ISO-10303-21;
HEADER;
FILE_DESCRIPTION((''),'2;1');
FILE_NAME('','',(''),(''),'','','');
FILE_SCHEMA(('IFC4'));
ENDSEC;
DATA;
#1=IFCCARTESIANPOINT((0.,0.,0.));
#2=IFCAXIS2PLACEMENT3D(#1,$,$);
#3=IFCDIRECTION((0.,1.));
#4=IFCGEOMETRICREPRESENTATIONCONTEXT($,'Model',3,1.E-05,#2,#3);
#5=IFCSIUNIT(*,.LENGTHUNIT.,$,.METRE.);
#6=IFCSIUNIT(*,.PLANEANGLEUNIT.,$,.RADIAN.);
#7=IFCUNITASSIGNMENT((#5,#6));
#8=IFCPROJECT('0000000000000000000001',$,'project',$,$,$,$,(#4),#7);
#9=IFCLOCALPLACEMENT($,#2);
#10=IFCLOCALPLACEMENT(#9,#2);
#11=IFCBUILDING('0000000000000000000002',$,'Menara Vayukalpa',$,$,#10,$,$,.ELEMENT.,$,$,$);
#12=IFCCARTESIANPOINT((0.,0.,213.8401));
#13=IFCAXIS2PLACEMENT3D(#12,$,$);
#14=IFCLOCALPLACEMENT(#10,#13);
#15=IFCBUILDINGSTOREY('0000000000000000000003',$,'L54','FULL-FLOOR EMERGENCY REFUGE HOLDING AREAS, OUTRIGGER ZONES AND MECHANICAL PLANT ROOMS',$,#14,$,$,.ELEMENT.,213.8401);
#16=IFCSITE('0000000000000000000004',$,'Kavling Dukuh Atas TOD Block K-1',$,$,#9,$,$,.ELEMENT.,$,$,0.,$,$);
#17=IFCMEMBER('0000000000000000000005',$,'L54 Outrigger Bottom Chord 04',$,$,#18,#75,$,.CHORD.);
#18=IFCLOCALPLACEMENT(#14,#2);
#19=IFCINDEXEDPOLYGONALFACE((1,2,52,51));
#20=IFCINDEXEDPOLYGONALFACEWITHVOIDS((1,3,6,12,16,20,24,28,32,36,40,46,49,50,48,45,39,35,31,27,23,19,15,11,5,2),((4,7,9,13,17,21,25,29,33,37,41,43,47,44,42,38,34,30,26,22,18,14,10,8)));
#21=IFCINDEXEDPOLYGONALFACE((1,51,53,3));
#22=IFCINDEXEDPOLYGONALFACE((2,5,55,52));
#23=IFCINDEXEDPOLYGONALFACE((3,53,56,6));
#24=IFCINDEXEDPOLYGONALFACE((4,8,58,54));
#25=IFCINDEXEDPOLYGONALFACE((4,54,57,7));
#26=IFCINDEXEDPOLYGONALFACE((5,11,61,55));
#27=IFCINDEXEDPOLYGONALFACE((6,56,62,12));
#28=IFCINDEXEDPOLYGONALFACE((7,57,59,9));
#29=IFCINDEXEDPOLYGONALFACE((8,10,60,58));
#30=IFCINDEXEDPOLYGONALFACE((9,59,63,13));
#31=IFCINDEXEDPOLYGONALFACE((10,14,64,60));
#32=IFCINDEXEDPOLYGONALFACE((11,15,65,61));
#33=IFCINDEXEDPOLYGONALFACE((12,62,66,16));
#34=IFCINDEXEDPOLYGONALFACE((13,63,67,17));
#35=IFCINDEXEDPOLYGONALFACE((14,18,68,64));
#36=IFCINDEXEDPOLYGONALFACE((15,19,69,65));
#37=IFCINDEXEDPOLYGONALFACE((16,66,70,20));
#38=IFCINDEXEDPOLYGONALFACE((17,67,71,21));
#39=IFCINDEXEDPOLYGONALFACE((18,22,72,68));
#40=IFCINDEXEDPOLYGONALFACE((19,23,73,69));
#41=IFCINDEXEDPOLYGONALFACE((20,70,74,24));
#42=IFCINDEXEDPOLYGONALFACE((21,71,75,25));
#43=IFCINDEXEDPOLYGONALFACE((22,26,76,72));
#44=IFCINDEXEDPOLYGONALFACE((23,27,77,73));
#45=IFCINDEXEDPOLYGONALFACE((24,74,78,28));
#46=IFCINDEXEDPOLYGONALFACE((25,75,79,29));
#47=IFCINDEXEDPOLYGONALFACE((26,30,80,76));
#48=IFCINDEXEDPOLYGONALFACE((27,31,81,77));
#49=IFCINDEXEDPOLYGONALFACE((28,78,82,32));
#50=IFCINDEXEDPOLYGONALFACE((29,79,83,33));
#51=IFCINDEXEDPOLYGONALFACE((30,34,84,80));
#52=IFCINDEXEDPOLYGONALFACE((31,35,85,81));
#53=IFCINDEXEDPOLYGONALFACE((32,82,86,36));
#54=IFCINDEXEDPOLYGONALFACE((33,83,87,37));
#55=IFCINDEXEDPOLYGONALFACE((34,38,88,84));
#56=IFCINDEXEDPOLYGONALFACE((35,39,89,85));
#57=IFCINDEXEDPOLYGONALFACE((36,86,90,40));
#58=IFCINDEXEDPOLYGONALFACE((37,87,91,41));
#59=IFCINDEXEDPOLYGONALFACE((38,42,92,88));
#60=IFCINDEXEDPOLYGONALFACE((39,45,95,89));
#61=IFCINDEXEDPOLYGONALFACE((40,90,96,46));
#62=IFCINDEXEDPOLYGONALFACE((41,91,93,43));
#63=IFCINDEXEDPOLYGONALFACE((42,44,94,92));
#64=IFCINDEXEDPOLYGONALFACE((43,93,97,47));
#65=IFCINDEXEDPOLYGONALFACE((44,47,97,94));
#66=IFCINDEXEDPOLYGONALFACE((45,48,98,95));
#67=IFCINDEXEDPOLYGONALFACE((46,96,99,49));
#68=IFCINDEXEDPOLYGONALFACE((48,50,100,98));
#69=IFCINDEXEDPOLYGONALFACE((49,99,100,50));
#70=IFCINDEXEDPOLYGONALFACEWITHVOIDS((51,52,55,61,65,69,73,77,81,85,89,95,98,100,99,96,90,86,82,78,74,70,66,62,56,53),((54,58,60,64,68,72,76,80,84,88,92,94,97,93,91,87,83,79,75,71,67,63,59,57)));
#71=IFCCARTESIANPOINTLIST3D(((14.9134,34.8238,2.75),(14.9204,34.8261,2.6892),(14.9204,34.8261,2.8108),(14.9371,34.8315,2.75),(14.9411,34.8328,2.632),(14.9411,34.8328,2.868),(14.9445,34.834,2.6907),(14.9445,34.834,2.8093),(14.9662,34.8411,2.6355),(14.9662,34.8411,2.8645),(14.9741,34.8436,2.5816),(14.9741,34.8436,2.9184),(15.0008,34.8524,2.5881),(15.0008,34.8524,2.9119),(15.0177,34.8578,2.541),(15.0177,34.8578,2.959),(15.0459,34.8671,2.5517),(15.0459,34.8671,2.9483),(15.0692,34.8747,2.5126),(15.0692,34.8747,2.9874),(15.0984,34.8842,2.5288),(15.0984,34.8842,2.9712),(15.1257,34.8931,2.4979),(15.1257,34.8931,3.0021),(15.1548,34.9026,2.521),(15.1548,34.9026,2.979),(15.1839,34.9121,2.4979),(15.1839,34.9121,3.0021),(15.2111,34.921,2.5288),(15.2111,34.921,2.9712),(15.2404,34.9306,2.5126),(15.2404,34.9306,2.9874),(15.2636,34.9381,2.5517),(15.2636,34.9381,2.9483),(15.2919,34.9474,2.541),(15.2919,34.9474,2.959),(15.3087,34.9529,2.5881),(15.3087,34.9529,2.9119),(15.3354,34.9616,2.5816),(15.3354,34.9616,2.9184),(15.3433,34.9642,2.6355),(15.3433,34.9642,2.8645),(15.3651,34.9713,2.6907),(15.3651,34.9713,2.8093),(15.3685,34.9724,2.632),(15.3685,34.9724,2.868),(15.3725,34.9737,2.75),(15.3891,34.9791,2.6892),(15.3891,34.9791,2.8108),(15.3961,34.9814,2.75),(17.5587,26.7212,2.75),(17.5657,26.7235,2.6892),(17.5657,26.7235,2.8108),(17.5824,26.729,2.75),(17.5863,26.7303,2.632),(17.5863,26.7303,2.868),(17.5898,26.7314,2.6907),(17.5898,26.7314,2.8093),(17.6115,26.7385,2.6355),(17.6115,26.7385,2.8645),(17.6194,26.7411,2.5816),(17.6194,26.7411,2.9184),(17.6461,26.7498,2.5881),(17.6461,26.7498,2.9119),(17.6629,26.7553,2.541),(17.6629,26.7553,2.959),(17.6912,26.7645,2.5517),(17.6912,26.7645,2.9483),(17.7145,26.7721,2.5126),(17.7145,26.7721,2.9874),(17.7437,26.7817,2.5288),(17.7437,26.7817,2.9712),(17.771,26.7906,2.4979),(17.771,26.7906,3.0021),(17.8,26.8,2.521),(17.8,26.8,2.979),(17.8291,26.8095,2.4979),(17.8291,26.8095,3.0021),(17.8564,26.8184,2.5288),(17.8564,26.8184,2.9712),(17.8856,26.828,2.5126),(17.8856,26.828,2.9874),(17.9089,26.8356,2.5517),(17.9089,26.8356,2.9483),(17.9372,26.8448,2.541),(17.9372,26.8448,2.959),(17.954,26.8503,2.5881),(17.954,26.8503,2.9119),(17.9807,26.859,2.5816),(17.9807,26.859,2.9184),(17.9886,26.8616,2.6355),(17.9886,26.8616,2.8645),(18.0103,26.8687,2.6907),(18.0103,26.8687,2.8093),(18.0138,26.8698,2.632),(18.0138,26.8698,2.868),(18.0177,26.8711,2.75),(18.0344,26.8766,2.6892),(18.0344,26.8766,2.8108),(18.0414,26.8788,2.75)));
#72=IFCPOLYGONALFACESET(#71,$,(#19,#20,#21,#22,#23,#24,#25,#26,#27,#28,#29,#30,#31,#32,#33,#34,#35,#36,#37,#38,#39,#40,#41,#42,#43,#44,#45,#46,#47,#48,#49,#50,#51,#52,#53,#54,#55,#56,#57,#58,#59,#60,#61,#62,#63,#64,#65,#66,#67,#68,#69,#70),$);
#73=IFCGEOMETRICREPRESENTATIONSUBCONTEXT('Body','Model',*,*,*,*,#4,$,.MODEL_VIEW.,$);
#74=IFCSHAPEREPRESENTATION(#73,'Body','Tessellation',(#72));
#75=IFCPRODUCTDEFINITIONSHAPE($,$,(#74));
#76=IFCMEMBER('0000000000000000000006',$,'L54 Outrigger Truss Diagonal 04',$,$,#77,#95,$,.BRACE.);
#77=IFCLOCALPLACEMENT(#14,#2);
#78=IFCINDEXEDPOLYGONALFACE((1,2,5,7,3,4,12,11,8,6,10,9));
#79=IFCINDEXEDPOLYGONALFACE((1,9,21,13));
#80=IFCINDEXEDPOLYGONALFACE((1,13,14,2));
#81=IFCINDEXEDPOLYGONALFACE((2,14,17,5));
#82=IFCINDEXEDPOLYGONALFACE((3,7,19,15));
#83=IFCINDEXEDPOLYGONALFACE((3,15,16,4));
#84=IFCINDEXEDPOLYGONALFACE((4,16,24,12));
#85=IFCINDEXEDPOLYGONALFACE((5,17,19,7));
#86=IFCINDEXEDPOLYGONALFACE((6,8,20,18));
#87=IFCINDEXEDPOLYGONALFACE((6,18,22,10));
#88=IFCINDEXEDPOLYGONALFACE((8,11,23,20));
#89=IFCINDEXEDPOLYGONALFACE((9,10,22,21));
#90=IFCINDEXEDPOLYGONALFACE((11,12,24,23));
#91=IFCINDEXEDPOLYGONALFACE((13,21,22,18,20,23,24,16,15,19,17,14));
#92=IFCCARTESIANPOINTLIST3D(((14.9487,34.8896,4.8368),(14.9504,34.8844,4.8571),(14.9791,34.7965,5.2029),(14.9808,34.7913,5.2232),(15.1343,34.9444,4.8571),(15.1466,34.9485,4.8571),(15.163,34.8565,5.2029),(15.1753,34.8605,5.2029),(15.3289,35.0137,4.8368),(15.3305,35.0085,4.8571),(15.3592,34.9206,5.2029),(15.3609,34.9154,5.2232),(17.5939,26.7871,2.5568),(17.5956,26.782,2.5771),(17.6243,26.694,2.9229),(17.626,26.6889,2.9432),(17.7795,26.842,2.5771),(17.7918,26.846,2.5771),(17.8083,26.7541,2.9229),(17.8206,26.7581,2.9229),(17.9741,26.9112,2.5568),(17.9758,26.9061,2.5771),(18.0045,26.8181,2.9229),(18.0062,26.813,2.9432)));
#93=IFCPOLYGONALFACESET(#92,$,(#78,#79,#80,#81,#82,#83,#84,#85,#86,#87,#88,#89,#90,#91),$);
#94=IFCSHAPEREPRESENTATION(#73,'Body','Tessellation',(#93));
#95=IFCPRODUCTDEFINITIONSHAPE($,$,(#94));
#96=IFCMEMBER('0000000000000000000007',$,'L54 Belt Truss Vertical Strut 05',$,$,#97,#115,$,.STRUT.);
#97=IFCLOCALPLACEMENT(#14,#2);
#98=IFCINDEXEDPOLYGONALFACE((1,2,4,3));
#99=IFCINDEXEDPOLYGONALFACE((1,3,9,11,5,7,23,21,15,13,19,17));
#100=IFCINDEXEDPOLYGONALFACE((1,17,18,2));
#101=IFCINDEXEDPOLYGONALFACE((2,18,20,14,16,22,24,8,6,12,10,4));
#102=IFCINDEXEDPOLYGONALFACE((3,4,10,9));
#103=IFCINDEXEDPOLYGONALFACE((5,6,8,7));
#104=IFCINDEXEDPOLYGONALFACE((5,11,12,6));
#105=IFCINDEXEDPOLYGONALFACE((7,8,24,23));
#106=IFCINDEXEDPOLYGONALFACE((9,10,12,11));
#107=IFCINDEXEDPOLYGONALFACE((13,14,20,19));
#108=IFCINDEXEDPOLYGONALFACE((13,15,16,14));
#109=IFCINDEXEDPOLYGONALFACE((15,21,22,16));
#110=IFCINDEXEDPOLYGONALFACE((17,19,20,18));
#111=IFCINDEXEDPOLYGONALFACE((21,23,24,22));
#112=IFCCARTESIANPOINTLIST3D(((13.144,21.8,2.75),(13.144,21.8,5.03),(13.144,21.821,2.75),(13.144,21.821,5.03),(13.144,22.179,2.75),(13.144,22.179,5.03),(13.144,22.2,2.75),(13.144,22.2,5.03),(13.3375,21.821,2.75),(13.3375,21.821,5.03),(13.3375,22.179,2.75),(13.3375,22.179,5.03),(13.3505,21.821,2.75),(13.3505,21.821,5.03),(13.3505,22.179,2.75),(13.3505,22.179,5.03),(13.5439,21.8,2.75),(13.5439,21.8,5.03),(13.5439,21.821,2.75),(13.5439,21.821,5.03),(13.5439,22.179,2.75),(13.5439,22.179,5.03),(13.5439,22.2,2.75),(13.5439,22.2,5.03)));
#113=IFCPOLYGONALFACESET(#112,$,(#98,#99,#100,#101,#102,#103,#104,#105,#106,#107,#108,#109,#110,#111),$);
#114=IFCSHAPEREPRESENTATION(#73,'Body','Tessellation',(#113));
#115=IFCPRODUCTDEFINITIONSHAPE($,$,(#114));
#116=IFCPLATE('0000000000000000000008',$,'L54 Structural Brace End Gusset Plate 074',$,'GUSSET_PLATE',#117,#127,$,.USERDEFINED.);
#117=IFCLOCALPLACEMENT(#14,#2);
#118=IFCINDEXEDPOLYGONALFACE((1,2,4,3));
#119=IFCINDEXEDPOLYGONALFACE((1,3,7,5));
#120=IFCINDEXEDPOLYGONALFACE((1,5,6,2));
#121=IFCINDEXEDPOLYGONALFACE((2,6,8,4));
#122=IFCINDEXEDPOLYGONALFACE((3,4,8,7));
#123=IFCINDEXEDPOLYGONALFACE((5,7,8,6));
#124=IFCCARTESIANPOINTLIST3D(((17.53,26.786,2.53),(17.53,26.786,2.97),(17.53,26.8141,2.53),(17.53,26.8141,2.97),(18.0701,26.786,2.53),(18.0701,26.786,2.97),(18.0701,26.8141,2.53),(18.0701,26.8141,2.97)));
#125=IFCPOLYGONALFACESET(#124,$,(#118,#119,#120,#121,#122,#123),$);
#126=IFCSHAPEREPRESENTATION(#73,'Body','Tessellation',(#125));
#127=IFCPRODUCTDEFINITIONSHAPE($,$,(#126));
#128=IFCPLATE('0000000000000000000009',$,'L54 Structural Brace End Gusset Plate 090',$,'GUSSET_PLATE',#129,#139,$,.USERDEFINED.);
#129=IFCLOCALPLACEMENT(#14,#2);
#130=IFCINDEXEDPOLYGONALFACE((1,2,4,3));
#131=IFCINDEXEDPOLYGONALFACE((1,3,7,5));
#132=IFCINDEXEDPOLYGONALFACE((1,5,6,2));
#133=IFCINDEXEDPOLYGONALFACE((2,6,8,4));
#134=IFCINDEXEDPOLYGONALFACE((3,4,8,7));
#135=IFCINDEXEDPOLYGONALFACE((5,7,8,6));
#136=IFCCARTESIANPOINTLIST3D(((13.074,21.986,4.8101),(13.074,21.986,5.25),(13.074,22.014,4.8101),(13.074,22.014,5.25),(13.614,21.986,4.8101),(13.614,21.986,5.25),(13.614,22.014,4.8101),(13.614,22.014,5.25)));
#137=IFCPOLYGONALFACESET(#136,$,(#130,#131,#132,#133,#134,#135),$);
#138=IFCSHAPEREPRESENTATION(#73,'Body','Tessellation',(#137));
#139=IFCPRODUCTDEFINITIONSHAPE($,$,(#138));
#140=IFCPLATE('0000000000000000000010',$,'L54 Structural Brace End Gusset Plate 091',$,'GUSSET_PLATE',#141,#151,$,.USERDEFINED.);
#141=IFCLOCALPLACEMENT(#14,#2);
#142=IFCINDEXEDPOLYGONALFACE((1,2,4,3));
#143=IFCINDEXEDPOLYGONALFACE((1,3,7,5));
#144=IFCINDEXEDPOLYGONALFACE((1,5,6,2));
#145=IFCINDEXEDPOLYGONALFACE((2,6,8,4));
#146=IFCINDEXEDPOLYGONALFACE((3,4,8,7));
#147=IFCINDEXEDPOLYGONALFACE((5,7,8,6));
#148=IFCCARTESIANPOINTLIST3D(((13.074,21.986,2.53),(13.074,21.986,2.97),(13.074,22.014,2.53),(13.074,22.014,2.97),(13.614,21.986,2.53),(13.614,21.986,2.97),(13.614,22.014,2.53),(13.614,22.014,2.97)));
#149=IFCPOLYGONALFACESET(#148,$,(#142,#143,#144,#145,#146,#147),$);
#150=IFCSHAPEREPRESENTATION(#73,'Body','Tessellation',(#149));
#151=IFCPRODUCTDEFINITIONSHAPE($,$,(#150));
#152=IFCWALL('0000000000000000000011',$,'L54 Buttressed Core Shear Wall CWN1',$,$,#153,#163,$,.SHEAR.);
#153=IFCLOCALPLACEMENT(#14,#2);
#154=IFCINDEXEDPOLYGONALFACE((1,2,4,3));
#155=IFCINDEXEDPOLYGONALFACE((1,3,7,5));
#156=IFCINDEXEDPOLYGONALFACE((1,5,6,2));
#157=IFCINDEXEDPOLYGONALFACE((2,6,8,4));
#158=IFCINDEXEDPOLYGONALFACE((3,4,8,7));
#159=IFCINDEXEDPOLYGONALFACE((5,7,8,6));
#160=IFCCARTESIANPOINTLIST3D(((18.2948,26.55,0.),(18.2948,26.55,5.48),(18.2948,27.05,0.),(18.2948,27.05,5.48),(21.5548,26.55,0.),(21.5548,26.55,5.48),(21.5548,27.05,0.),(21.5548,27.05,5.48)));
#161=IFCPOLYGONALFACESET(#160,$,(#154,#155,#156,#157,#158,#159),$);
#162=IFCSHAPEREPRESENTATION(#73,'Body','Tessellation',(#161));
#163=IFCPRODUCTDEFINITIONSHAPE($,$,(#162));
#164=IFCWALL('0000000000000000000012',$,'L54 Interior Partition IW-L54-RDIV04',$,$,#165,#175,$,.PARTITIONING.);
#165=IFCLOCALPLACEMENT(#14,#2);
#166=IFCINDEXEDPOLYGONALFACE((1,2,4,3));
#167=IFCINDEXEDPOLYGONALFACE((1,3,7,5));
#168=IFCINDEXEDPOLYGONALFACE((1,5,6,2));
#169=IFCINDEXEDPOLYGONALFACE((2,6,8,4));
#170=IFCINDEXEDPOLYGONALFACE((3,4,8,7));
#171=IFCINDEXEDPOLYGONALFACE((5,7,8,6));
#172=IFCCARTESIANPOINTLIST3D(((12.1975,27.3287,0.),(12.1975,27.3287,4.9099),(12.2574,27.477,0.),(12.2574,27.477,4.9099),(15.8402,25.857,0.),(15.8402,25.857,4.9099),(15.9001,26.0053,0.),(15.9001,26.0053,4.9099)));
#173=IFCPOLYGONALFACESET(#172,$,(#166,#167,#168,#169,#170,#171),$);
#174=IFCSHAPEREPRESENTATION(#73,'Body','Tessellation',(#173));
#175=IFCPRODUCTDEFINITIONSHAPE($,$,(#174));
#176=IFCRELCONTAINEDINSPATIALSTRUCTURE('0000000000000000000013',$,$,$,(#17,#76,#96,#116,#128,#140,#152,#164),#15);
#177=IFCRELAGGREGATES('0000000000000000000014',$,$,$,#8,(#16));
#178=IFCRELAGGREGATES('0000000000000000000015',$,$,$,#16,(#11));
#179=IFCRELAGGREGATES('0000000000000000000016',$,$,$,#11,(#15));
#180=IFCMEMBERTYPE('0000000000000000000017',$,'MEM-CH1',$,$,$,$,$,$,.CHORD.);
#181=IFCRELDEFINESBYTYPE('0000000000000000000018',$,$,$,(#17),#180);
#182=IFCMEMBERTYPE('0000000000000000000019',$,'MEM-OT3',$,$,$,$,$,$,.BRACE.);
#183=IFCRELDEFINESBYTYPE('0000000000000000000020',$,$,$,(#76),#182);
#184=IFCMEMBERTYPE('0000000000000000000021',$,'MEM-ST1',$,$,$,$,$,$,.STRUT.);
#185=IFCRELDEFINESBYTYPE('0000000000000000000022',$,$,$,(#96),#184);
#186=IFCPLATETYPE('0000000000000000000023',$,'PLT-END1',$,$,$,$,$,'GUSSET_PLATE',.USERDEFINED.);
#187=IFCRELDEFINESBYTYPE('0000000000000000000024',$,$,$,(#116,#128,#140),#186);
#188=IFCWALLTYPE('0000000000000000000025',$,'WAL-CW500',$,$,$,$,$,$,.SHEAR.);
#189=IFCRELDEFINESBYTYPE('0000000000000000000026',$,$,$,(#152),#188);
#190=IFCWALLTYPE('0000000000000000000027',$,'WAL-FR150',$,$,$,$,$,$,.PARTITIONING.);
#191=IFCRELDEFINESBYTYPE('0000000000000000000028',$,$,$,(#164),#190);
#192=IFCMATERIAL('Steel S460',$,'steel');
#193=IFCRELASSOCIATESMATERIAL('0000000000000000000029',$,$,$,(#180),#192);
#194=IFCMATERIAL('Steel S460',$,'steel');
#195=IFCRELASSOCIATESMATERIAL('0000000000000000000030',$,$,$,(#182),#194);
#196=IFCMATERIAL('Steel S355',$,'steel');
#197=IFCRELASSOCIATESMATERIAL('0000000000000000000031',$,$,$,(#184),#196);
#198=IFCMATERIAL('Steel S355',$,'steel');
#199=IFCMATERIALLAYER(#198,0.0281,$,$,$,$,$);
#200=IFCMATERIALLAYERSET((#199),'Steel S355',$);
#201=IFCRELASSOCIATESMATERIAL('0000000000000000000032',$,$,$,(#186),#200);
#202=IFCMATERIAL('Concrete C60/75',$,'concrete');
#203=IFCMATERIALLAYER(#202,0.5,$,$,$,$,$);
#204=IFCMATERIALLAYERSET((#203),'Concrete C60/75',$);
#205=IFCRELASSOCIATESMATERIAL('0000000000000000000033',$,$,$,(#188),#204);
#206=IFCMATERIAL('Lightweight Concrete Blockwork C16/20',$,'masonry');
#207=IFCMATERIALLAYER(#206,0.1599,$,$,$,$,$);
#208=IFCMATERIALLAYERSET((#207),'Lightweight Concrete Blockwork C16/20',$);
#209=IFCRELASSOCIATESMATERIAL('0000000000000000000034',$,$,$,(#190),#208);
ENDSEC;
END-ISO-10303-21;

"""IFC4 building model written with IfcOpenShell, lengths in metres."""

from ifc_helpers import new_model, si_unit, direction, frame, frame_2d, origin, origin_2d, place, context, subcontext, project, spatial, rectangle, hollow_circle, i_section, extrude, material, layer, layer_set, material_profile, profile_set, type_object, element, save


model = new_model("IFC4")

# Units and contexts
model_context = context("Model", 3, precision=1e-05, world=origin(), true_north=direction((0.0, 1.0)))
body_context = subcontext(model_context, "Body", "Model", "MODEL_VIEW")
ifc_project = project(units=[si_unit("LENGTHUNIT", "METRE"), si_unit("PLANEANGLEUNIT", "RADIAN")], contexts=[model_context])

# Site, building, storey
site_placement = place(None, origin())
site = spatial("IfcSite", under=ifc_project, at=site_placement, Name="Kavling Dukuh Atas TOD Block K-1", CompositionType="ELEMENT", RefElevation=0.0)
building_placement = place(site_placement, origin())
building = spatial("IfcBuilding", under=site, at=building_placement, Name="Menara Vayukalpa", CompositionType="ELEMENT")
storey_placement = place(building_placement, frame((0.0, 0.0, 213.8401)))
storey = spatial("IfcBuildingStorey", under=building, at=storey_placement, Name="L54", Description="FULL-FLOOR EMERGENCY REFUGE HOLDING AREAS, OUTRIGGER ZONES AND MECHANICAL PLANT ROOMS", CompositionType="ELEMENT", Elevation=213.8401)

# Members
ifc_material_1 = material(Name="Steel S460", Category="steel")
ifc_material_profile_1 = material_profile(ifc_material_1, hollow_circle(Radius=0.2539, WallThickness=0.0249, at=origin_2d()), Name="CHS 508.0x25")
ifc_profile_set_1 = profile_set([ifc_material_profile_1], Name="Steel S460")
member_type_1 = type_object("IfcMemberType", Name="MEM-CH1", PredefinedType="CHORD", material=ifc_profile_set_1)
member_1_placement = place(storey_placement, frame((17.8, 26.8, 2.75), z_axis=(-0.310353, 0.950621, 0.0), x_axis=(-0.950621, -0.310353, 0.0)))
element("IfcMember", 1, at=member_1_placement, inside=storey, type_object=member_type_1, Name="L54 Outrigger Bottom Chord 04", PredefinedType="CHORD", context=body_context, shape_type="SweptSolid", body=[
    extrude(hollow_circle(Radius=0.2539, WallThickness=0.0249, at=origin_2d()), origin(), (0.0, 0.0, 1.0), 8.5234),
])
ifc_material_2 = material(Name="Steel S460", Category="steel")
ifc_material_profile_2 = material_profile(ifc_material_2, i_section(OverallWidth=0.3999, OverallDepth=0.3999, WebThickness=0.0129, FlangeThickness=0.021, at=origin_2d()), Name="H 400x400x13x21")
ifc_profile_set_2 = profile_set([ifc_material_profile_2], Name="Steel S460")
member_type_2 = type_object("IfcMemberType", Name="MEM-OT3", PredefinedType="BRACE", material=ifc_profile_set_2)
member_2_placement = place(storey_placement, frame((17.8, 26.8, 2.75), z_axis=(-0.299811, 0.918332, 0.258416), x_axis=(-0.950621, -0.310353, 0.0)))
element("IfcMember", 2, at=member_2_placement, inside=storey, type_object=member_type_2, Name="L54 Outrigger Truss Diagonal 04", PredefinedType="BRACE", context=body_context, shape_type="SweptSolid", body=[
    extrude(i_section(OverallWidth=0.3999, OverallDepth=0.3999, WebThickness=0.0129, FlangeThickness=0.021, at=origin_2d()), origin(), (0.0, 0.0, 1.0), 8.823),
])
ifc_material_3 = material(Name="Steel S355", Category="steel")
ifc_material_profile_3 = material_profile(ifc_material_3, i_section(OverallWidth=0.3999, OverallDepth=0.3999, WebThickness=0.0129, FlangeThickness=0.021, at=origin_2d()), Name="H 400x400x13x21")
ifc_profile_set_3 = profile_set([ifc_material_profile_3], Name="Steel S355")
member_type_3 = type_object("IfcMemberType", Name="MEM-ST1", PredefinedType="STRUT", material=ifc_profile_set_3)
member_3_placement = place(storey_placement, frame((13.344, 22.0, 2.75), z_axis=(0.0, 0.0, 1.0), x_axis=(1.0, 0.0, 0.0)))
element("IfcMember", 3, at=member_3_placement, inside=storey, type_object=member_type_3, Name="L54 Belt Truss Vertical Strut 05", PredefinedType="STRUT", context=body_context, shape_type="SweptSolid", body=[
    extrude(i_section(OverallWidth=0.3999, OverallDepth=0.3999, WebThickness=0.0129, FlangeThickness=0.021, at=origin_2d()), origin(), (0.0, 0.0, 1.0), 2.28),
])

# Plates
ifc_material_4 = material(Name="Steel S355", Category="steel")
ifc_layer_1 = layer(ifc_material_4, 0.0281)
ifc_layer_set_1 = layer_set([ifc_layer_1], Name="Steel S355")
plate_type = type_object("IfcPlateType", Name="PLT-END1", ElementType="GUSSET_PLATE", PredefinedType="USERDEFINED", material=ifc_layer_set_1)
for number, where, z_axis, x_axis, name in (
    (4, (17.8, 26.8, 2.53), (0.0, 0.0, 1.0), (1.0, 0.0, 0.0), "L54 Structural Brace End Gusset Plate 074"),
    (5, (13.344, 22.0, 4.8101), (0.0, 0.0, 1.0), (1.0, 0.0, 0.0), "L54 Structural Brace End Gusset Plate 090"),
    (6, (13.344, 22.0, 2.53), (0.0, 0.0, 1.0), (1.0, 0.0, 0.0), "L54 Structural Brace End Gusset Plate 091"),
):
    element("IfcPlate", number, at=place(storey_placement, frame(where, z_axis=z_axis, x_axis=x_axis)), inside=storey, type_object=plate_type, Name=name, ObjectType="GUSSET_PLATE", PredefinedType="USERDEFINED", context=body_context, shape_type="SweptSolid", body=[
        extrude(rectangle(XDim=0.54, YDim=0.0281, at=origin_2d()), origin(), (0.0, 0.0, 1.0), 0.4399),
    ])

# Walls
ifc_material_5 = material(Name="Concrete C60/75", Category="concrete")
ifc_layer_2 = layer(ifc_material_5, 0.5)
ifc_layer_set_2 = layer_set([ifc_layer_2], Name="Concrete C60/75")
wall_type_1 = type_object("IfcWallType", Name="WAL-CW500", PredefinedType="SHEAR", material=ifc_layer_set_2)
wall_1_placement = place(storey_placement, frame((18.2949, 26.8, 0.0), z_axis=(0.0, 0.0, 1.0), x_axis=(1.0, 0.0, 0.0)))
element("IfcWall", 7, at=wall_1_placement, inside=storey, type_object=wall_type_1, Name="L54 Buttressed Core Shear Wall CWN1", PredefinedType="SHEAR", context=body_context, shape_type="SweptSolid", body=[
    extrude(rectangle(XDim=3.26, YDim=0.5, at=frame_2d((1.6299, 0.0))), origin(), (0.0, 0.0, 1.0), 5.48),
])
ifc_material_6 = material(Name="Lightweight Concrete Blockwork C16/20", Category="masonry")
ifc_layer_3 = layer(ifc_material_6, 0.1599)
ifc_layer_set_3 = layer_set([ifc_layer_3], Name="Lightweight Concrete Blockwork C16/20")
wall_type_2 = type_object("IfcWallType", Name="WAL-FR150", PredefinedType="PARTITIONING", material=ifc_layer_set_3)
wall_2_placement = place(storey_placement, frame((15.8701, 25.9312, 0.0), z_axis=(0.0, 0.0, 1.0), x_axis=(-0.927185, 0.374603, 0.0)))
element("IfcWall", 8, at=wall_2_placement, inside=storey, type_object=wall_type_2, Name="L54 Interior Partition IW-L54-RDIV04", PredefinedType="PARTITIONING", context=body_context, shape_type="SweptSolid", body=[
    extrude(rectangle(XDim=3.9287, YDim=0.1599, at=frame_2d((1.9644, 0.0))), origin(), (0.0, 0.0, 1.0), 4.9099),
])

save(model, "model.ifc")
